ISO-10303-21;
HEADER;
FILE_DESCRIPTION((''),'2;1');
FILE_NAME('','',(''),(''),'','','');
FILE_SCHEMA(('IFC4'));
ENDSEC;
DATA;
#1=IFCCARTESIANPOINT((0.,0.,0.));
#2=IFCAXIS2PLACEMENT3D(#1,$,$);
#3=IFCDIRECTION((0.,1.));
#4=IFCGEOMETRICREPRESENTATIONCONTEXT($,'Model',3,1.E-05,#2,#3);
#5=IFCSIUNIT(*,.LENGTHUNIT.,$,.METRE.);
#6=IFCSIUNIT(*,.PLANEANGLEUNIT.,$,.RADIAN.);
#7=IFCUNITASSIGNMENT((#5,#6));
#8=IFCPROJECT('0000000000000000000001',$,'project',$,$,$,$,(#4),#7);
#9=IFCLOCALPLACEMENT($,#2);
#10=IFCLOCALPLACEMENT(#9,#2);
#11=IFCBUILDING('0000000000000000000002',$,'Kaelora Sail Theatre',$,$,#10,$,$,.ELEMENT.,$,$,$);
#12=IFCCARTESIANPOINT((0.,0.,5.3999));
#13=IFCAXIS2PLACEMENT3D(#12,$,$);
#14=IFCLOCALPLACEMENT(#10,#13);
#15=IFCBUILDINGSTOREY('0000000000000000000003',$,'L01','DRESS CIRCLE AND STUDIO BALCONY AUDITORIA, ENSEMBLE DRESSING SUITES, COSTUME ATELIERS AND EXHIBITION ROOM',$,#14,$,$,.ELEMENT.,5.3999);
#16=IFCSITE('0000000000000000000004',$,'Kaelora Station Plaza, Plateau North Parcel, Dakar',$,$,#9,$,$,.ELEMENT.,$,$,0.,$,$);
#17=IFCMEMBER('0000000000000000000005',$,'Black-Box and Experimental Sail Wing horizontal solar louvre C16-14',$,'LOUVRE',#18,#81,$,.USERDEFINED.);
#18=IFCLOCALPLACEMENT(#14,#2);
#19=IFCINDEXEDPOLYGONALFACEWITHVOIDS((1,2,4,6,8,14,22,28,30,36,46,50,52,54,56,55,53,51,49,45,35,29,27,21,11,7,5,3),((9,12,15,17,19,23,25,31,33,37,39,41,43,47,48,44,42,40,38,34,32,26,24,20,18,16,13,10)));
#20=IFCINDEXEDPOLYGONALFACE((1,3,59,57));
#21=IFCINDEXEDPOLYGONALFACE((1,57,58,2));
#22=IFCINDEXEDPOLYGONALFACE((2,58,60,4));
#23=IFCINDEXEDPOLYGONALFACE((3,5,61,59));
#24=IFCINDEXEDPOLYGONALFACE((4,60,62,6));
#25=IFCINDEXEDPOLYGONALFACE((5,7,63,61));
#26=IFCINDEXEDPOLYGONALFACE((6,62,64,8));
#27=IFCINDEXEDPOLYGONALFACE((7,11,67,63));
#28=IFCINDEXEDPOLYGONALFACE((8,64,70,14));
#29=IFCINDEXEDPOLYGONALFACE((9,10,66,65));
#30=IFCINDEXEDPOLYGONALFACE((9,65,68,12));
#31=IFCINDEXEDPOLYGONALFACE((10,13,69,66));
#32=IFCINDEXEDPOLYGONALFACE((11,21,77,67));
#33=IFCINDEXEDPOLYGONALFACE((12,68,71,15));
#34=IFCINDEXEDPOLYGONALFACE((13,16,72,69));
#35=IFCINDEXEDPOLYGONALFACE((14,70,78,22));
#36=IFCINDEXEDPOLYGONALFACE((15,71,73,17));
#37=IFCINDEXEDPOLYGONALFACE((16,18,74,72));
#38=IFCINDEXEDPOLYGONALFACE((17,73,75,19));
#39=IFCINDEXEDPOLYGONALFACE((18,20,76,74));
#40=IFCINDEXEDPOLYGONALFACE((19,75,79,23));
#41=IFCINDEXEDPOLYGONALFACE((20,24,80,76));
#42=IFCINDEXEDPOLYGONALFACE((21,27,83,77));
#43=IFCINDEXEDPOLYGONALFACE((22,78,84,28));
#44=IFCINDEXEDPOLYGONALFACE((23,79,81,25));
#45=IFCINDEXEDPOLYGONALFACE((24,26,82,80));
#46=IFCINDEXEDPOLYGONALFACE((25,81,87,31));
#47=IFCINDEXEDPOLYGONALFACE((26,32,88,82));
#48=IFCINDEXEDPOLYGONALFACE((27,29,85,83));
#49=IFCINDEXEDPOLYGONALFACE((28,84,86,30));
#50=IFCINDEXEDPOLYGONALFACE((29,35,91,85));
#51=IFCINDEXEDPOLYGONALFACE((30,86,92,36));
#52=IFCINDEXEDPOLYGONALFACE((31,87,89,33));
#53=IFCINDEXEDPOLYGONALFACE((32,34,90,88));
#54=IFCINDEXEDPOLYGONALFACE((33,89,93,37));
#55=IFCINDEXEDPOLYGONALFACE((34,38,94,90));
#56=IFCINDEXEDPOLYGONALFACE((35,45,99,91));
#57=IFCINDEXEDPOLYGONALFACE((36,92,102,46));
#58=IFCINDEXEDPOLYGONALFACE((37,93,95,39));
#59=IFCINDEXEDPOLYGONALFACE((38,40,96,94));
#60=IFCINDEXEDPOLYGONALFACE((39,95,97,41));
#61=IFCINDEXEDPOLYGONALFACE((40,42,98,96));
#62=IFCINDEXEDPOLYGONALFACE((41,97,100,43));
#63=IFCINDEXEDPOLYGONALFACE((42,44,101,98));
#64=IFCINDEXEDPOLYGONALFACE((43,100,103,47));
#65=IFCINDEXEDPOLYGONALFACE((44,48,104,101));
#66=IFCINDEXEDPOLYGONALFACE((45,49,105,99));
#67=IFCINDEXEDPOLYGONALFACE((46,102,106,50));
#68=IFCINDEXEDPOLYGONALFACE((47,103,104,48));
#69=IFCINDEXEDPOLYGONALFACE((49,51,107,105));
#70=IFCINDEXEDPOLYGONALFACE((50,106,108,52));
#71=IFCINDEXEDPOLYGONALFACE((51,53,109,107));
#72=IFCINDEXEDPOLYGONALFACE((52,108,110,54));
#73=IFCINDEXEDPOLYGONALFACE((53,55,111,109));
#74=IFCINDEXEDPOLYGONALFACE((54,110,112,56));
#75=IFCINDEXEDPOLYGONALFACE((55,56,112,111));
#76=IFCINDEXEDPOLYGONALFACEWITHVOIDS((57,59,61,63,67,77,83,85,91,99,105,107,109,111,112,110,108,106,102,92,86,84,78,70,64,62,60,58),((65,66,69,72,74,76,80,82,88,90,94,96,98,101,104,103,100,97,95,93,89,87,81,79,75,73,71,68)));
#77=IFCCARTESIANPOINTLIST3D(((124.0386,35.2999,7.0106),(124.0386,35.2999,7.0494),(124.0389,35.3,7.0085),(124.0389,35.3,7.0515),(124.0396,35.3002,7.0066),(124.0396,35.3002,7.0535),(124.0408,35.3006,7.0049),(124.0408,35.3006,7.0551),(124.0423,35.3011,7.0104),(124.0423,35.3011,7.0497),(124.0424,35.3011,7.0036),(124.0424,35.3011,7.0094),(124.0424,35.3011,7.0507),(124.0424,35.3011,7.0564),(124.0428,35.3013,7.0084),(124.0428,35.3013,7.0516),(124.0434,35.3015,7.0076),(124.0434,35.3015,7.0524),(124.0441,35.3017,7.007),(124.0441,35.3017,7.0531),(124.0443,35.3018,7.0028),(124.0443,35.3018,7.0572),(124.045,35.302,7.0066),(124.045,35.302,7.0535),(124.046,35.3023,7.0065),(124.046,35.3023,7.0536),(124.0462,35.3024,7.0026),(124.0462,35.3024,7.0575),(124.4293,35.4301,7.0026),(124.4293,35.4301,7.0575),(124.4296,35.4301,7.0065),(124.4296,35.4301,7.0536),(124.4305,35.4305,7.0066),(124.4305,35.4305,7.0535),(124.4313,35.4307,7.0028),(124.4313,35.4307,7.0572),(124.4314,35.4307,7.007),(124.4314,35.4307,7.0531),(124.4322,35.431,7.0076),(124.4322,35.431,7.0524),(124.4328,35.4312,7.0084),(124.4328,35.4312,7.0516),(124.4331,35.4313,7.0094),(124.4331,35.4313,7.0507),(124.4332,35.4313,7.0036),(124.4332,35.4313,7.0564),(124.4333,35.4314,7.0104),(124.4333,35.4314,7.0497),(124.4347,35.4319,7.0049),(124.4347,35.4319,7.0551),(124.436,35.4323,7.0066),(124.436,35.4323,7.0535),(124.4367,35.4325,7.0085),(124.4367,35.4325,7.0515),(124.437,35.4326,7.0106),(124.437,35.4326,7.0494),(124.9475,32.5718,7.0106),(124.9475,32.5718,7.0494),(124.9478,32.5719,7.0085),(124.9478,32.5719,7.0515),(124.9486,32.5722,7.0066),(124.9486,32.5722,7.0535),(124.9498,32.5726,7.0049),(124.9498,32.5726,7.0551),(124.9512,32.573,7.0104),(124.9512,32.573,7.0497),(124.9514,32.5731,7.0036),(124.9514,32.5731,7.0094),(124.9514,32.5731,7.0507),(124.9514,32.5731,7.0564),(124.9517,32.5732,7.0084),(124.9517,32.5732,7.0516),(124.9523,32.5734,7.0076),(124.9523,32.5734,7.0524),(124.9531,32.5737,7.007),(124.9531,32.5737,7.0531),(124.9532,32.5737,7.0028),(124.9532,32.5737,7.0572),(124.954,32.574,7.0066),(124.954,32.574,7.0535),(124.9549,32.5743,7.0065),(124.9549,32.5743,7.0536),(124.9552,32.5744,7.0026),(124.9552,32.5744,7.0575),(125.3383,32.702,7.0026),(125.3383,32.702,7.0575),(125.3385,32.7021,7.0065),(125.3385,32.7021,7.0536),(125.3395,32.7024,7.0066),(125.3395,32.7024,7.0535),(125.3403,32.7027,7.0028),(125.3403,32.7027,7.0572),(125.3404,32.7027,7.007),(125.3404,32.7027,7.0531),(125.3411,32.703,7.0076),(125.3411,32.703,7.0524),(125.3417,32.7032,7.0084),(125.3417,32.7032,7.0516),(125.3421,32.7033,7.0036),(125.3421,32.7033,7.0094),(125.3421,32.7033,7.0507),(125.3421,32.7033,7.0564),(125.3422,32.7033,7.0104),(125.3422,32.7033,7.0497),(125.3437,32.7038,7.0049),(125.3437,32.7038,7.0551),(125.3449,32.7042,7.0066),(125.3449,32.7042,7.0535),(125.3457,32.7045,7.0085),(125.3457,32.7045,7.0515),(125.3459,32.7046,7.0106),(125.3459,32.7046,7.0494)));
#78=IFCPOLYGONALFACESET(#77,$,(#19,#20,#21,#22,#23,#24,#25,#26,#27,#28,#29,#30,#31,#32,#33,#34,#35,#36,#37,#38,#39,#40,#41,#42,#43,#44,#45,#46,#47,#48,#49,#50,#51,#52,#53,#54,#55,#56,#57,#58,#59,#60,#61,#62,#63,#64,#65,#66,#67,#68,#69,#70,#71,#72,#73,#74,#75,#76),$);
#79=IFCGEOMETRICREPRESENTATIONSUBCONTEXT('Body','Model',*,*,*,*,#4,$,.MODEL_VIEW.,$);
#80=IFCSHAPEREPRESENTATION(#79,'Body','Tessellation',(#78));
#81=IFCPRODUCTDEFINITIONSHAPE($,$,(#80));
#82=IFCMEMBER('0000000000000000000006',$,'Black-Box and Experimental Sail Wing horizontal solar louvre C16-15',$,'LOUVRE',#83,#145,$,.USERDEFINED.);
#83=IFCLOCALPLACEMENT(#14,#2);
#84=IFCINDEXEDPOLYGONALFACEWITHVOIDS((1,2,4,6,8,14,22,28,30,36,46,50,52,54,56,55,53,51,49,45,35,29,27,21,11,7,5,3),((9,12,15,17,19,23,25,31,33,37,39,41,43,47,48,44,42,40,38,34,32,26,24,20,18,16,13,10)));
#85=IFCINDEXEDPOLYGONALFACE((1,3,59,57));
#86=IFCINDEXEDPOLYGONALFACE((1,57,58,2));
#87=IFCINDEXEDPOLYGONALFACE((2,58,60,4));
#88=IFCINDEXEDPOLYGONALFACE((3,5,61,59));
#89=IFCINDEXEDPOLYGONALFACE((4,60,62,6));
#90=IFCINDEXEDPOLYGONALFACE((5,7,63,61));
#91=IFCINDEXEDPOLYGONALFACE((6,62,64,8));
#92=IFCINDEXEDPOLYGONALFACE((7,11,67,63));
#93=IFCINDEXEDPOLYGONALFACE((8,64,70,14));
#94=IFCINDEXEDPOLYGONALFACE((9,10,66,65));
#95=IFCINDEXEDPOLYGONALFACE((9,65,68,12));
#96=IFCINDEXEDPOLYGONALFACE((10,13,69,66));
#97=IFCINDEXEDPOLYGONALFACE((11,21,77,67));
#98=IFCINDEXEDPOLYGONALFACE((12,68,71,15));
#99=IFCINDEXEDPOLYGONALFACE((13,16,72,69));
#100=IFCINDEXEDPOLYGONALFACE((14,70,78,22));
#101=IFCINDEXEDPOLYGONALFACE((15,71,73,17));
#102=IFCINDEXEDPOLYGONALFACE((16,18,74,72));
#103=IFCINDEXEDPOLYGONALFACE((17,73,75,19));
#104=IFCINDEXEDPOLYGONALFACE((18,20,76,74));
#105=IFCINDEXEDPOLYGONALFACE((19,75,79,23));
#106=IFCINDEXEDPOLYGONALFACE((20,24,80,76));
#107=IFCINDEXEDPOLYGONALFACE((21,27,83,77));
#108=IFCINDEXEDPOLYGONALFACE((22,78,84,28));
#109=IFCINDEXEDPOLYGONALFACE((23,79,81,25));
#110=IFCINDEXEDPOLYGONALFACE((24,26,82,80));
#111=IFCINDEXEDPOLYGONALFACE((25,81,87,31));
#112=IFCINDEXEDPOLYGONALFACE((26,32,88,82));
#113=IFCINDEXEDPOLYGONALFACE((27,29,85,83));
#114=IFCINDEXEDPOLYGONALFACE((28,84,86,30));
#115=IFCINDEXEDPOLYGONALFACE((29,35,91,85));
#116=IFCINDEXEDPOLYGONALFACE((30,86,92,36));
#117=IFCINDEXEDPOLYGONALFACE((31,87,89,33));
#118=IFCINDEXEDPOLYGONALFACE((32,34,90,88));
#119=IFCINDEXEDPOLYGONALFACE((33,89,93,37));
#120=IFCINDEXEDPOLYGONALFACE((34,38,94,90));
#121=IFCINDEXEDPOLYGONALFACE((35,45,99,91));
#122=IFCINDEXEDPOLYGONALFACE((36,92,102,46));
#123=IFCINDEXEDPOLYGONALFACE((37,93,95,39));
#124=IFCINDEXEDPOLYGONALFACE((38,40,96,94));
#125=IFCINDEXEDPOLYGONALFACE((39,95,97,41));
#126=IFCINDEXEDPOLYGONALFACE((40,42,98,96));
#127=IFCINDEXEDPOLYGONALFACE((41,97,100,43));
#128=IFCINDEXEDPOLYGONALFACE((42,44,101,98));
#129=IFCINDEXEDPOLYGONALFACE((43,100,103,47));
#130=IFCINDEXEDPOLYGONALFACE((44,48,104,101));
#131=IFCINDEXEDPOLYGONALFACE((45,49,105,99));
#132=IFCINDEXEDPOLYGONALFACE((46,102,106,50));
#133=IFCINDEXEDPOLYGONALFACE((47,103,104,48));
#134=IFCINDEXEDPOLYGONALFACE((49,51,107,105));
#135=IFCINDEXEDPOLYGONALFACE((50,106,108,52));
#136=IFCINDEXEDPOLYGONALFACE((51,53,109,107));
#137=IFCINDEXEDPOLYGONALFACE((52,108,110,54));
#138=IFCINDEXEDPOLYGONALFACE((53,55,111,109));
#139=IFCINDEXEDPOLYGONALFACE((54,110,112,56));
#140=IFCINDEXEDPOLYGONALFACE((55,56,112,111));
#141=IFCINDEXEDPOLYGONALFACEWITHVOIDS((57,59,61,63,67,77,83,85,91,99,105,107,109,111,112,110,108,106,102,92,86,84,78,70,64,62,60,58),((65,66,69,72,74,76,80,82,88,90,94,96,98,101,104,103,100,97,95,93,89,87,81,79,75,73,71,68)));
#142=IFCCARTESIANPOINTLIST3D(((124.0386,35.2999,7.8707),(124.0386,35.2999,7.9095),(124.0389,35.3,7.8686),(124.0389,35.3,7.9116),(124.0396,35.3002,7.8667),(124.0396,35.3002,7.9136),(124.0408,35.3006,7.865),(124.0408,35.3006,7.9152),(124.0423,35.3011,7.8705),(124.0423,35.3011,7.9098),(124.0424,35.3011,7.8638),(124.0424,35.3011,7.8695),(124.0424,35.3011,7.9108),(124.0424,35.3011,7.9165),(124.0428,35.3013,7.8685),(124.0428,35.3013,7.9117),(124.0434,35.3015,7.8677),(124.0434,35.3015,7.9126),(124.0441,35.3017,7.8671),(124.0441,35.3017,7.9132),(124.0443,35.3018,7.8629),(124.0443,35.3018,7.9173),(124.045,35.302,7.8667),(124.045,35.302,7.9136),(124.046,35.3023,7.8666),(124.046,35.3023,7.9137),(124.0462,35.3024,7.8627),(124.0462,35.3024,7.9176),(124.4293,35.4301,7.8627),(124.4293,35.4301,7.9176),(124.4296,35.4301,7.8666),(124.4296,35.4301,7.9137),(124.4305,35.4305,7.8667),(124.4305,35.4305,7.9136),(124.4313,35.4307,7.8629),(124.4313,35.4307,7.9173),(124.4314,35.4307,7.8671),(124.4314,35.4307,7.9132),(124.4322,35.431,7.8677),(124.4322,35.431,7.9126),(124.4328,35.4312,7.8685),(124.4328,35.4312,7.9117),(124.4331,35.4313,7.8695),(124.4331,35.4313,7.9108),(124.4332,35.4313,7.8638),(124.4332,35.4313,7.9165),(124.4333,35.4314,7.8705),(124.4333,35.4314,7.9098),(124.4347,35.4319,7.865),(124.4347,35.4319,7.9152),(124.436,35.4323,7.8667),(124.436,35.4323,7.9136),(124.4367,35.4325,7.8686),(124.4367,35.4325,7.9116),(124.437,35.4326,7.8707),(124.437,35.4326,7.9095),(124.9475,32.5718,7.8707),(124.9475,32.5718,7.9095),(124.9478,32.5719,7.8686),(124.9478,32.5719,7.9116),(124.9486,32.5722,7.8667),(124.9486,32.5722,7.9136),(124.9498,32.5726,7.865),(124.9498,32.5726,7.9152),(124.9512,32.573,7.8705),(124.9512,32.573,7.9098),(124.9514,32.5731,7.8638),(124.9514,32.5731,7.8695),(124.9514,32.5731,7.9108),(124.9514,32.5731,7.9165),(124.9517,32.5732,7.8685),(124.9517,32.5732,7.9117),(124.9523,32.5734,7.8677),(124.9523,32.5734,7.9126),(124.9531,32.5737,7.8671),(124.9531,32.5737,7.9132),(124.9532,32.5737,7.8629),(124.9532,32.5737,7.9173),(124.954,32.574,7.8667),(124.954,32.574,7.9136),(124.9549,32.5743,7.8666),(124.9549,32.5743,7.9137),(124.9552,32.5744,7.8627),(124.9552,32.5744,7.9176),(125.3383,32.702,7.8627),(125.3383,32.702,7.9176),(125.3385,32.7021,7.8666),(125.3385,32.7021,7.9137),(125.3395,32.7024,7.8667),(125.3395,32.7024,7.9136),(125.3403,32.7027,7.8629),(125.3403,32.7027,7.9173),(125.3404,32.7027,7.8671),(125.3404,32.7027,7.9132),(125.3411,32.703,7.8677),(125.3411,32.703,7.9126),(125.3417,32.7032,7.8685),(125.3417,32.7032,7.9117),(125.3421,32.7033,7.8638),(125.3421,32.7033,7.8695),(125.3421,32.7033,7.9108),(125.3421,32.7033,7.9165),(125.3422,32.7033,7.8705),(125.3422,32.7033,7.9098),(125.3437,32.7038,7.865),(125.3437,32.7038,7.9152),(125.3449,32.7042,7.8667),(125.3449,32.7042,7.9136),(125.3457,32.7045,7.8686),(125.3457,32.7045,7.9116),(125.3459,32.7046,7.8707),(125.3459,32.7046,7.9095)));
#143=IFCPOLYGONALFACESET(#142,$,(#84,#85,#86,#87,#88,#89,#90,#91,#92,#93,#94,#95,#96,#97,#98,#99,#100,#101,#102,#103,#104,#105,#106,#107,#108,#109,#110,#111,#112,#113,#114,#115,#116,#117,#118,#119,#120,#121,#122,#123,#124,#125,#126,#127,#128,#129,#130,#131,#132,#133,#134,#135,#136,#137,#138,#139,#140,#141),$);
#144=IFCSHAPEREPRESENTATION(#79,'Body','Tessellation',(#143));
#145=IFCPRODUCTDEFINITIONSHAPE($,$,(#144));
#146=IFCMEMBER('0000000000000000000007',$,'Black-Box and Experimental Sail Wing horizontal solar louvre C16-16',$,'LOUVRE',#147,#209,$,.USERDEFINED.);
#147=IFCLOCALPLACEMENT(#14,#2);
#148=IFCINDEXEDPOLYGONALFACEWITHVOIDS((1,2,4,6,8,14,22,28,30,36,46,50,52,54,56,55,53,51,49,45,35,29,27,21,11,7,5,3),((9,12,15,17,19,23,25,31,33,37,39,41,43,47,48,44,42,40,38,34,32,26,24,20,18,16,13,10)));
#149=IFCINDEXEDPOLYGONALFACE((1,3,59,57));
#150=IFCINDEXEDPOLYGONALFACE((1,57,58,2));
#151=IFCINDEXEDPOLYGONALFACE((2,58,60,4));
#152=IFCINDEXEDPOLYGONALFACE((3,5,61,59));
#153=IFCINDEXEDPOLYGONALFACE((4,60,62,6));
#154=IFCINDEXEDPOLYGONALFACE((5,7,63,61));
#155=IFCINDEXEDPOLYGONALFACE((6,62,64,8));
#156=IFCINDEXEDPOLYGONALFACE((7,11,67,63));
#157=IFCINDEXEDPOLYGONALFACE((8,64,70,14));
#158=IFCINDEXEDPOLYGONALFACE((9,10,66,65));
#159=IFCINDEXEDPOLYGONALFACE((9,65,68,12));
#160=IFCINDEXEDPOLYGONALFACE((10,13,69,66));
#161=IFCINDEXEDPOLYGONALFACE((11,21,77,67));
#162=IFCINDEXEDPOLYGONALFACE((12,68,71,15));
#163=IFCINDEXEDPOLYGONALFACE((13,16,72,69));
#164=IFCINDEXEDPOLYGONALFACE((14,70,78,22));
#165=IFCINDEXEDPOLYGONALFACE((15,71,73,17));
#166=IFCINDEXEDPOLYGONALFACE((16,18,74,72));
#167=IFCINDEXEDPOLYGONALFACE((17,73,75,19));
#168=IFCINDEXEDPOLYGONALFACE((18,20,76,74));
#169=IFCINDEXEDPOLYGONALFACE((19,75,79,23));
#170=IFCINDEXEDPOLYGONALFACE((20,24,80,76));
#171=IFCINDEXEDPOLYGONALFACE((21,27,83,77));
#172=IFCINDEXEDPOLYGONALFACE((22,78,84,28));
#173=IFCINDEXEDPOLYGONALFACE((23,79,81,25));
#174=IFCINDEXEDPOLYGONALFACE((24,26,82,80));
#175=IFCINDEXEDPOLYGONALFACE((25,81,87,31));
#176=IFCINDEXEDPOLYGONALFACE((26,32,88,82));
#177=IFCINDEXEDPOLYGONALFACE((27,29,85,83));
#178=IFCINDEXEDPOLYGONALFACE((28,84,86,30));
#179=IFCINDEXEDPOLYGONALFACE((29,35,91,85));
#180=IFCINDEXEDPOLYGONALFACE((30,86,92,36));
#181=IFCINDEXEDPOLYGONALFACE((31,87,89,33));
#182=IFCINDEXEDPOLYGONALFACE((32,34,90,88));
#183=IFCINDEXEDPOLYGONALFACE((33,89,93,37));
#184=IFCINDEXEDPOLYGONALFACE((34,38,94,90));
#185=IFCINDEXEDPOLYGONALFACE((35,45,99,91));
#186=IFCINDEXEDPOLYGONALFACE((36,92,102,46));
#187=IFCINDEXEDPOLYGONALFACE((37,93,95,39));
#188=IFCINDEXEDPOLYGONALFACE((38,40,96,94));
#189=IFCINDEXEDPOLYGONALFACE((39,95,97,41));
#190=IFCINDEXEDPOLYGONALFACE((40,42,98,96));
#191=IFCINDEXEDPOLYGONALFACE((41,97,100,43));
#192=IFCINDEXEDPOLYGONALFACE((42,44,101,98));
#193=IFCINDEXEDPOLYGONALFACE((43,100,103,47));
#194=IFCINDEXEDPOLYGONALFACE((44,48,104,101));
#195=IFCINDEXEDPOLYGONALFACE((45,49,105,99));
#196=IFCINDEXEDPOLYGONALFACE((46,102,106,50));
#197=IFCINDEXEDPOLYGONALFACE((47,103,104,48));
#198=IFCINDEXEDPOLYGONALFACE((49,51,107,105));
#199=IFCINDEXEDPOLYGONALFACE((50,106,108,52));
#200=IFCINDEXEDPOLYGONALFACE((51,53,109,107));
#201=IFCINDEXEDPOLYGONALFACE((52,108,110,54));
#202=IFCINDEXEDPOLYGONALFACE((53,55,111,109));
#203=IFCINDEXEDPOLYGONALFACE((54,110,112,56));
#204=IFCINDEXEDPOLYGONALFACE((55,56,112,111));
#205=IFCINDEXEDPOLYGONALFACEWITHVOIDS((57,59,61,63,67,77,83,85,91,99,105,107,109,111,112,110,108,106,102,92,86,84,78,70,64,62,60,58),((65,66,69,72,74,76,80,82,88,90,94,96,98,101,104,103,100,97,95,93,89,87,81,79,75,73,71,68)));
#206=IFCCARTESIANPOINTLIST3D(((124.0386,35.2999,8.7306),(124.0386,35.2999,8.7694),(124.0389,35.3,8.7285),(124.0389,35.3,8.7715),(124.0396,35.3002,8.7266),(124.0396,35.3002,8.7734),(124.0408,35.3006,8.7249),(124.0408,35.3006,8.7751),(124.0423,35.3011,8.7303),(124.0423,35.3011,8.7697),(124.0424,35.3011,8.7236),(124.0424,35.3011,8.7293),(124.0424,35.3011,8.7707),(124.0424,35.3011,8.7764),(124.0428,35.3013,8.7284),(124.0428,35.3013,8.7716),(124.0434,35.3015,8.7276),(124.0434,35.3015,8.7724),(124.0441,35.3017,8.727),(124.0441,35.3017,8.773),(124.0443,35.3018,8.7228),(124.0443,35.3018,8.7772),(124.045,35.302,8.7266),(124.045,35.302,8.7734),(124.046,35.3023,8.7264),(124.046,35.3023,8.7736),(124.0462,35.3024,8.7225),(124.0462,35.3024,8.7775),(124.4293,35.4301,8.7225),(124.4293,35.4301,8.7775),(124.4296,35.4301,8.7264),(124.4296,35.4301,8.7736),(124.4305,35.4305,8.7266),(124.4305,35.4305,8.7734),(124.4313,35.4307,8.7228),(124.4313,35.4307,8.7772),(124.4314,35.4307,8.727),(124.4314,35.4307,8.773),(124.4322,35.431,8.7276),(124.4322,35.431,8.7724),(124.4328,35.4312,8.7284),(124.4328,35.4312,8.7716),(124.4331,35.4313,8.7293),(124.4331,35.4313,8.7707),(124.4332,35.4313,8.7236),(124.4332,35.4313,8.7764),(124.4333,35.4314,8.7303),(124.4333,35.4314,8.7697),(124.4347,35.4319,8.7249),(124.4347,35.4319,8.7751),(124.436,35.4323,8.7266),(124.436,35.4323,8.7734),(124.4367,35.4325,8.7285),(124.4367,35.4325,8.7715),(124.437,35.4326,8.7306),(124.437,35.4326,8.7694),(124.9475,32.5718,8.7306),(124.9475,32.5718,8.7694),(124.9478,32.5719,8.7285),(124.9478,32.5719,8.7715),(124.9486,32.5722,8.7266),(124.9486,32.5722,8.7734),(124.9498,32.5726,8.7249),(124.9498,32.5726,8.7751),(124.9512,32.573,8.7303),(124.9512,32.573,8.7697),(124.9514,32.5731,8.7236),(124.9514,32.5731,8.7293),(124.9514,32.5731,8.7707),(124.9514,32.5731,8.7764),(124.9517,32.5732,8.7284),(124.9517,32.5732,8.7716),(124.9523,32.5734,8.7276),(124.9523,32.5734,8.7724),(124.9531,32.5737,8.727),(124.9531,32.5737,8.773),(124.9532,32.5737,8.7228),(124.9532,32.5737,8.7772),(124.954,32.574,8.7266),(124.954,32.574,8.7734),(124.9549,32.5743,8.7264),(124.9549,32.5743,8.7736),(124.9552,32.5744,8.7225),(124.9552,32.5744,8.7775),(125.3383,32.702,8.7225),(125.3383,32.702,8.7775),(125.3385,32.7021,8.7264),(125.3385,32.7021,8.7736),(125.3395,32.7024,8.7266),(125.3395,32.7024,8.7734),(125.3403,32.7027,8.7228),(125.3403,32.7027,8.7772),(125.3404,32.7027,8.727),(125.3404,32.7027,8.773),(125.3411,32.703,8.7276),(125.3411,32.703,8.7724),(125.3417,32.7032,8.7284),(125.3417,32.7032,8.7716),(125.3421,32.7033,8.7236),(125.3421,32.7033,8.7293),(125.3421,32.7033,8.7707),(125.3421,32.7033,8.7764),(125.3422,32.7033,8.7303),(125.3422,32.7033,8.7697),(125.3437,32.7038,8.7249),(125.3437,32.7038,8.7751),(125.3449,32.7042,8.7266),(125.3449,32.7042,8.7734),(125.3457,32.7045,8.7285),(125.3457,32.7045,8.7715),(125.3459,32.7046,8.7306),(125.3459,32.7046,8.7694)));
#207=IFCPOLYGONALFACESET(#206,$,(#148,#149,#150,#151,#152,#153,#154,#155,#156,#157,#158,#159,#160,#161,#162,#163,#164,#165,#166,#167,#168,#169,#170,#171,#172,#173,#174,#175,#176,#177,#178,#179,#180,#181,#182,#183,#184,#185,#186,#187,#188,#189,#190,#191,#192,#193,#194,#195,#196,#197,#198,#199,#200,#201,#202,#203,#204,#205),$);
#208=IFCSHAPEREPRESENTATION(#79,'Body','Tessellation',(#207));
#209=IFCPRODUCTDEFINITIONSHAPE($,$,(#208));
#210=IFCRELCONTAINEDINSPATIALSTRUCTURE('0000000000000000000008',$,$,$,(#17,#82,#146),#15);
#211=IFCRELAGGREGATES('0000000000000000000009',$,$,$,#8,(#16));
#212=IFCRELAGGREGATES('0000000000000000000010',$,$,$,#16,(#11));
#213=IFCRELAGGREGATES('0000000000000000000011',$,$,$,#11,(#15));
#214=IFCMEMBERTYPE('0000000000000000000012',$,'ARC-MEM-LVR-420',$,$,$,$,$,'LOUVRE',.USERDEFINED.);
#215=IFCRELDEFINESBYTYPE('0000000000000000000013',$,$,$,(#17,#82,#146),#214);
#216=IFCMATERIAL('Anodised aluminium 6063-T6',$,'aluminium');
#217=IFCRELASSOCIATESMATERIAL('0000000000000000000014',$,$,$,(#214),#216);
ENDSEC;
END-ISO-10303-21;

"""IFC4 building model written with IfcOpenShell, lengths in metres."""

from ifc_helpers import new_model, si_unit, direction, frame, origin, origin_2d, place, context, subcontext, project, spatial, hollow_rectangle, extrude, material, material_profile, profile_set, type_object, element, save


model = new_model("IFC4")

# Units and contexts
model_context = context("Model", 3, precision=1e-05, world=origin(), true_north=direction((0.0, 1.0)))
body_context = subcontext(model_context, "Body", "Model", "MODEL_VIEW")
ifc_project = project(units=[si_unit("LENGTHUNIT", "METRE"), si_unit("PLANEANGLEUNIT", "RADIAN")], contexts=[model_context])

# Site, building, storey
site_placement = place(None, origin())
site = spatial("IfcSite", under=ifc_project, at=site_placement, Name="Kaelora Station Plaza, Plateau North Parcel, Dakar", CompositionType="ELEMENT", RefElevation=0.0)
building_placement = place(site_placement, origin())
building = spatial("IfcBuilding", under=site, at=building_placement, Name="Kaelora Sail Theatre", CompositionType="ELEMENT")
storey_placement = place(building_placement, frame((0.0, 0.0, 5.3999)))
storey = spatial("IfcBuildingStorey", under=building, at=storey_placement, Name="L01", Description="DRESS CIRCLE AND STUDIO BALCONY AUDITORIA, ENSEMBLE DRESSING SUITES, COSTUME ATELIERS AND EXHIBITION ROOM", CompositionType="ELEMENT", Elevation=5.3999)

# Members
ifc_material_1 = material(Name="Anodised aluminium 6063-T6", Category="aluminium")
ifc_material_profile_1 = material_profile(ifc_material_1, hollow_rectangle(XDim=0.4199, YDim=0.0549, WallThickness=0.0039, InnerFilletRadius=0.0039, OuterFilletRadius=0.0081, at=origin_2d()), Name="LOUVRE 420x55x4")
ifc_profile_set_1 = profile_set([ifc_material_profile_1], Name="Anodised aluminium 6063-T6")
member_type = type_object("IfcMemberType", Name="ARC-MEM-LVR-420", ElementType="LOUVRE", PredefinedType="USERDEFINED", material=ifc_profile_set_1)
for number, where, z_axis, x_axis, name in (
    (1, (125.1467, 32.6382, 7.03), (-0.3161, 0.948726, 0.0), (-0.948726, -0.3161, 0.0), "Black-Box and Experimental Sail Wing horizontal solar louvre C16-14"),
    (2, (125.1467, 32.6382, 7.8901), (-0.3161, 0.948726, 0.0), (-0.948726, -0.3161, 0.0), "Black-Box and Experimental Sail Wing horizontal solar louvre C16-15"),
    (3, (125.1467, 32.6382, 8.75), (-0.3161, 0.948726, 0.0), (-0.948726, -0.3161, 0.0), "Black-Box and Experimental Sail Wing horizontal solar louvre C16-16"),
):
    element("IfcMember", number, at=place(storey_placement, frame(where, z_axis=z_axis, x_axis=x_axis)), inside=storey, type_object=member_type, Name=name, ObjectType="LOUVRE", PredefinedType="USERDEFINED", context=body_context, shape_type="SweptSolid", body=[
        extrude(hollow_rectangle(XDim=0.4199, YDim=0.0549, WallThickness=0.0039, InnerFilletRadius=0.0039, OuterFilletRadius=0.0081, at=origin_2d()), origin(), (0.0, 0.0, 1.0), 2.8755),
    ])

save(model, "model.ifc")
